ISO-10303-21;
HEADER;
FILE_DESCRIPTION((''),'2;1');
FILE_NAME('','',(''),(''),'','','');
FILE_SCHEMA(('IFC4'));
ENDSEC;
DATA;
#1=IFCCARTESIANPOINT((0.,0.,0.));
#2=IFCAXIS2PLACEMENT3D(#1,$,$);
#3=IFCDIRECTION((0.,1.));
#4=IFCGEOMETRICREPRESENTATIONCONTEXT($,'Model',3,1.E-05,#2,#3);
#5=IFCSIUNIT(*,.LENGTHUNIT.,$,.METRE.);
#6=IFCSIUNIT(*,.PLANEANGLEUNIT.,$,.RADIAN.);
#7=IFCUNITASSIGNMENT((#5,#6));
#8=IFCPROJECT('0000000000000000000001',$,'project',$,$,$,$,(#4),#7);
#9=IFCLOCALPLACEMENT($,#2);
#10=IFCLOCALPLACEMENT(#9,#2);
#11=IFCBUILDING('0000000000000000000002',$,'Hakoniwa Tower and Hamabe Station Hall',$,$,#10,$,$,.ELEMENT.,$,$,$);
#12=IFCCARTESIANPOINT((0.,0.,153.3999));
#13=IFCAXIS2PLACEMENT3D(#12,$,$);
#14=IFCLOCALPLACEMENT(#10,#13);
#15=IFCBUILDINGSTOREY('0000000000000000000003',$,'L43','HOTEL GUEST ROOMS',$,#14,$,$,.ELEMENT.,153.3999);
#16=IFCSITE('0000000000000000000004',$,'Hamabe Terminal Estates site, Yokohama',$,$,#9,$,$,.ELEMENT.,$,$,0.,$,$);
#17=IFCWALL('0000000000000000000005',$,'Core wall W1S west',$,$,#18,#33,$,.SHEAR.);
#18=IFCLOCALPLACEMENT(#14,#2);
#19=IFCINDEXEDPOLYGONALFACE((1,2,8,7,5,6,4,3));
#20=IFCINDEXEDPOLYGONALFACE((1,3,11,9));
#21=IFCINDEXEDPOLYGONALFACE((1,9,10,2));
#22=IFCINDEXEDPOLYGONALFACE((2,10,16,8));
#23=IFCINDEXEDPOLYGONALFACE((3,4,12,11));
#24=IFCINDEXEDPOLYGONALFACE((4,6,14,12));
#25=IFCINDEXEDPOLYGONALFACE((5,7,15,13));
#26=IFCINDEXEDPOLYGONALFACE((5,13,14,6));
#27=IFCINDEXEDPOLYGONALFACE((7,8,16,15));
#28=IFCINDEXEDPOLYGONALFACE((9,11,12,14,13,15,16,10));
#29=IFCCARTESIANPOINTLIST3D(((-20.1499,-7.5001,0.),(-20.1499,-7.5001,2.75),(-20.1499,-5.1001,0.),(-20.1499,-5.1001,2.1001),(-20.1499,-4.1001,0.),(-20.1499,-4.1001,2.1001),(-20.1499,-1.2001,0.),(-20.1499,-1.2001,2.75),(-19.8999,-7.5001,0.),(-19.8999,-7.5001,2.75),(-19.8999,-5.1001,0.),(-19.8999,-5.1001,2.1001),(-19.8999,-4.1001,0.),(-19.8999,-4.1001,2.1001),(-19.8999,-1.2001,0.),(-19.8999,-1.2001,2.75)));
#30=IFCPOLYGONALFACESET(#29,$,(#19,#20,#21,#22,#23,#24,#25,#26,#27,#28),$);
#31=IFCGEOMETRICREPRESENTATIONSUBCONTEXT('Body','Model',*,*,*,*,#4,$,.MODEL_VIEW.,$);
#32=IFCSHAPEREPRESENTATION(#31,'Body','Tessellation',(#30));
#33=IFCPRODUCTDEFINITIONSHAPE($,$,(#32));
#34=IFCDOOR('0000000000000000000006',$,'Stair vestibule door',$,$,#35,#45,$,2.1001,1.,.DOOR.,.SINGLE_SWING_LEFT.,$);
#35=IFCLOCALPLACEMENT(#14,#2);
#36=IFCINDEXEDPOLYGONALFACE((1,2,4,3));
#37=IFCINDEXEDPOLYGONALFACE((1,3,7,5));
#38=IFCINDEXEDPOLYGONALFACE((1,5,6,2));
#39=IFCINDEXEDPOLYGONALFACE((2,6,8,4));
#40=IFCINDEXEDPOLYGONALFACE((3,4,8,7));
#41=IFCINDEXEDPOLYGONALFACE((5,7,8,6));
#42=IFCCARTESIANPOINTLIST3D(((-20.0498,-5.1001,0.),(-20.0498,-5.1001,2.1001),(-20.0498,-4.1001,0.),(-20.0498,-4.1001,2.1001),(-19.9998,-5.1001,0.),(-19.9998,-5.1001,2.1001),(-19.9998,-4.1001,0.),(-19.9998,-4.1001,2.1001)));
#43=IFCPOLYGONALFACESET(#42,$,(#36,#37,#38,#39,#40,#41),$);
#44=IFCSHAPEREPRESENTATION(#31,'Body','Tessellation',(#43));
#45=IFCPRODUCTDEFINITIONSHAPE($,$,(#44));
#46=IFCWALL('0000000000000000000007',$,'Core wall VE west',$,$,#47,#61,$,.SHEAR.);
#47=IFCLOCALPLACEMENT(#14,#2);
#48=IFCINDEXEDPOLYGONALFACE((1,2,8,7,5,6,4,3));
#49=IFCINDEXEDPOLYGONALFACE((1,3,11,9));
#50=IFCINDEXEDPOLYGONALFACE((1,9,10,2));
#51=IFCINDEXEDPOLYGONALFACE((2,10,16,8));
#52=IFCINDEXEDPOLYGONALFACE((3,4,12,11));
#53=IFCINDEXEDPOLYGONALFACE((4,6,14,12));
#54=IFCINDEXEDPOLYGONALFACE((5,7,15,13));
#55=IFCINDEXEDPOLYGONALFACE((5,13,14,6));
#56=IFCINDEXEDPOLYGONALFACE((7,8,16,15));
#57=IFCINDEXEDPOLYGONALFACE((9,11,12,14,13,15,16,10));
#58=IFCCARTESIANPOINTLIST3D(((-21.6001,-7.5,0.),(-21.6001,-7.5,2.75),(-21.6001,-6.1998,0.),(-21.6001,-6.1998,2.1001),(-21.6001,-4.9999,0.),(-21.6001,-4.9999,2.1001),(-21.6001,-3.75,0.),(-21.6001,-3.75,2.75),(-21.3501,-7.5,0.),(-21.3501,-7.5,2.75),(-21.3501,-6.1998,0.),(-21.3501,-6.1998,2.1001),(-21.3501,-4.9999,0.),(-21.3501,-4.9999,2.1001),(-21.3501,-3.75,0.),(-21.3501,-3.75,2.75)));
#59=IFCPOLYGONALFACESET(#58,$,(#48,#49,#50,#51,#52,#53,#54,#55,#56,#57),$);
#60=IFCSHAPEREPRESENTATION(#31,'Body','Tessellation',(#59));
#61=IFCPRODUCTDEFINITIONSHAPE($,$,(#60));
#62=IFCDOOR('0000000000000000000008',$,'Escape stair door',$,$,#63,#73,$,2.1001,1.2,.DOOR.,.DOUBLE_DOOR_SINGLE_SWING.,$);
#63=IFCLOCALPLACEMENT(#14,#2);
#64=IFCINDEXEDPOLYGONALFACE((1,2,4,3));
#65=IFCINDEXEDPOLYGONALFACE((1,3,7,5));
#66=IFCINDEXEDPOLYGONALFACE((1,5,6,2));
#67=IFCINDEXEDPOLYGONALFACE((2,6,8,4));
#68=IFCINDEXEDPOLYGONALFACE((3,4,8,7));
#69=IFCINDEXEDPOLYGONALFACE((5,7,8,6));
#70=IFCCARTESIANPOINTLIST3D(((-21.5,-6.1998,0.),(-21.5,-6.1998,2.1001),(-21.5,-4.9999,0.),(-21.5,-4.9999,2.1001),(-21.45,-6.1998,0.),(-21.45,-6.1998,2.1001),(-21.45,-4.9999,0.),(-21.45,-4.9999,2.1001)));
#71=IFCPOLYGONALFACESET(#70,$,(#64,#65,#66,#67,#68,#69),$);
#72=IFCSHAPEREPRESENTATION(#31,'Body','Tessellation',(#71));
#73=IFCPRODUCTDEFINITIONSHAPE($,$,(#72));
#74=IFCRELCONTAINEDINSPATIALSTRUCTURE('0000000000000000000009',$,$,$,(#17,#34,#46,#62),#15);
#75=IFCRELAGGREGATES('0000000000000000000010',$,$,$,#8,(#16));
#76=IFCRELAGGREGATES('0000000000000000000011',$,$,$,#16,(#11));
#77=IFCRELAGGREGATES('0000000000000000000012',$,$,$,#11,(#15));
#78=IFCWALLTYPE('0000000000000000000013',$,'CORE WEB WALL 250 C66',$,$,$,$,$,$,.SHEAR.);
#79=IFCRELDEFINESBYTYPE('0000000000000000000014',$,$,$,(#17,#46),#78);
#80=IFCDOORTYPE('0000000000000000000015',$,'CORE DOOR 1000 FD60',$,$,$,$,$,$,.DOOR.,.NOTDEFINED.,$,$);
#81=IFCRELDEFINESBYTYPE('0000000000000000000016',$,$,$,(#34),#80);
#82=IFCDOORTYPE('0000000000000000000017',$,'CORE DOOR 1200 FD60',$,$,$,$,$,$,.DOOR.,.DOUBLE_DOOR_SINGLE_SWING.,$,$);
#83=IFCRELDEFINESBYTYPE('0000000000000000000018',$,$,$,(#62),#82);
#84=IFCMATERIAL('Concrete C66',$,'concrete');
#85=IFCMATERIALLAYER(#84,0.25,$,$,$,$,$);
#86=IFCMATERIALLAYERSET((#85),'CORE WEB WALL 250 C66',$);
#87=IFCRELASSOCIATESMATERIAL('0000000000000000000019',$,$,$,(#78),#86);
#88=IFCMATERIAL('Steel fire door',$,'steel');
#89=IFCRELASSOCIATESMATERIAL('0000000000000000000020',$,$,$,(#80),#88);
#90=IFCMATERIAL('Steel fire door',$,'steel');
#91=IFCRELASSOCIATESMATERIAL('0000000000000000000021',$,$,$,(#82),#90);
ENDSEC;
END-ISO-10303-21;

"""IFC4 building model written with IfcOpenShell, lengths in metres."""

from ifc_helpers import new_model, si_unit, direction, frame, frame_2d, origin, place, context, subcontext, project, spatial, rectangle, extrude, material, layer, layer_set, type_object, element, fill, save


model = new_model("IFC4")

# Units and contexts
model_context = context("Model", 3, precision=1e-05, world=origin(), true_north=direction((0.0, 1.0)))
body_context = subcontext(model_context, "Body", "Model", "MODEL_VIEW")
ifc_project = project(units=[si_unit("LENGTHUNIT", "METRE"), si_unit("PLANEANGLEUNIT", "RADIAN")], contexts=[model_context])

# Site, building, storey
site_placement = place(None, origin())
site = spatial("IfcSite", under=ifc_project, at=site_placement, Name="Hamabe Terminal Estates site, Yokohama", CompositionType="ELEMENT", RefElevation=0.0)
building_placement = place(site_placement, origin())
building = spatial("IfcBuilding", under=site, at=building_placement, Name="Hakoniwa Tower and Hamabe Station Hall", CompositionType="ELEMENT")
storey_placement = place(building_placement, frame((0.0, 0.0, 153.3999)))
storey = spatial("IfcBuildingStorey", under=building, at=storey_placement, Name="L43", Description="HOTEL GUEST ROOMS", CompositionType="ELEMENT", Elevation=153.3999)

# Walls, openings, doors
ifc_material_1 = material(Name="Concrete C66", Category="concrete")
ifc_layer_1 = layer(ifc_material_1, 0.25)
ifc_layer_set_1 = layer_set([ifc_layer_1], Name="CORE WEB WALL 250 C66")
wall_type_1 = type_object("IfcWallType", Name="CORE WEB WALL 250 C66", PredefinedType="SHEAR", material=ifc_layer_set_1)
wall_1_placement = place(storey_placement, frame((-20.0249, -7.5, 0.0), z_axis=(0.0, 0.0, 1.0), x_axis=(0.0, 1.0, 0.0)))
wall_1 = element("IfcWall", 1, at=wall_1_placement, inside=storey, type_object=wall_type_1, Name="Core wall W1S west", PredefinedType="SHEAR", context=body_context, shape_type="SweptSolid", body=[
    extrude(rectangle(XDim=6.3, YDim=0.25, at=frame_2d((3.1499, 0.0))), origin(), (0.0, 0.0, 1.0), 2.75),
])
opening_1_placement = place(wall_1_placement, frame((2.3999, 0.0, 0.0)))
opening_1 = element("IfcOpeningElement", 2, at=opening_1_placement, cuts=wall_1, PredefinedType="OPENING", context=body_context, shape_type="SweptSolid", body=[
    extrude(rectangle(XDim=1.0, YDim=2.1001, at=frame_2d((0.5, 1.05))), frame((0.0, 0.135, 0.0), z_axis=(0.0, -1.0, 0.0), x_axis=(1.0, 0.0, 0.0)), (0.0, 0.0, 1.0), 0.27),
])
ifc_material_2 = material(Name="Steel fire door", Category="steel")
door_type_1 = type_object("IfcDoorType", Name="CORE DOOR 1000 FD60", OperationType="NOTDEFINED", PredefinedType="DOOR", material=ifc_material_2)
door_1_placement = place(opening_1_placement, origin())
door_1 = element("IfcDoor", 3, at=door_1_placement, inside=storey, type_object=door_type_1, Name="Stair vestibule door", OperationType="SINGLE_SWING_LEFT", OverallHeight=2.1001, OverallWidth=1.0, PredefinedType="DOOR", context=body_context, shape_type="SweptSolid", body=[
    extrude(rectangle(XDim=1.0, YDim=2.1001, at=frame_2d((0.5, 1.05))), frame((0.0, 0.0249, 0.0), z_axis=(0.0, -1.0, 0.0), x_axis=(1.0, 0.0, 0.0)), (0.0, 0.0, 1.0), 0.05),
])
fill(opening_1, door_1)
wall_2_placement = place(storey_placement, frame((-21.4751, -7.5, 0.0), z_axis=(0.0, 0.0, 1.0), x_axis=(0.0, 1.0, 0.0)))
wall_2 = element("IfcWall", 4, at=wall_2_placement, inside=storey, type_object=wall_type_1, Name="Core wall VE west", PredefinedType="SHEAR", context=body_context, shape_type="SweptSolid", body=[
    extrude(rectangle(XDim=3.75, YDim=0.25, at=frame_2d((1.875, 0.0))), origin(), (0.0, 0.0, 1.0), 2.75),
])
opening_2_placement = place(wall_2_placement, frame((1.3, 0.0, 0.0)))
opening_2 = element("IfcOpeningElement", 5, at=opening_2_placement, cuts=wall_2, PredefinedType="OPENING", context=body_context, shape_type="SweptSolid", body=[
    extrude(rectangle(XDim=1.2, YDim=2.1001, at=frame_2d((0.6001, 1.05))), frame((0.0, 0.135, 0.0), z_axis=(0.0, -1.0, 0.0), x_axis=(1.0, 0.0, 0.0)), (0.0, 0.0, 1.0), 0.27),
])
ifc_material_3 = material(Name="Steel fire door", Category="steel")
door_type_2 = type_object("IfcDoorType", Name="CORE DOOR 1200 FD60", OperationType="DOUBLE_DOOR_SINGLE_SWING", PredefinedType="DOOR", material=ifc_material_3)
door_2_placement = place(opening_2_placement, origin())
door_2 = element("IfcDoor", 6, at=door_2_placement, inside=storey, type_object=door_type_2, Name="Escape stair door", OperationType="DOUBLE_DOOR_SINGLE_SWING", OverallHeight=2.1001, OverallWidth=1.2, PredefinedType="DOOR", context=body_context, shape_type="SweptSolid", body=[
    extrude(rectangle(XDim=1.2, YDim=2.1001, at=frame_2d((0.6001, 1.05))), frame((0.0, 0.0249, 0.0), z_axis=(0.0, -1.0, 0.0), x_axis=(1.0, 0.0, 0.0)), (0.0, 0.0, 1.0), 0.05),
])
fill(opening_2, door_2)

save(model, "model.ifc")
